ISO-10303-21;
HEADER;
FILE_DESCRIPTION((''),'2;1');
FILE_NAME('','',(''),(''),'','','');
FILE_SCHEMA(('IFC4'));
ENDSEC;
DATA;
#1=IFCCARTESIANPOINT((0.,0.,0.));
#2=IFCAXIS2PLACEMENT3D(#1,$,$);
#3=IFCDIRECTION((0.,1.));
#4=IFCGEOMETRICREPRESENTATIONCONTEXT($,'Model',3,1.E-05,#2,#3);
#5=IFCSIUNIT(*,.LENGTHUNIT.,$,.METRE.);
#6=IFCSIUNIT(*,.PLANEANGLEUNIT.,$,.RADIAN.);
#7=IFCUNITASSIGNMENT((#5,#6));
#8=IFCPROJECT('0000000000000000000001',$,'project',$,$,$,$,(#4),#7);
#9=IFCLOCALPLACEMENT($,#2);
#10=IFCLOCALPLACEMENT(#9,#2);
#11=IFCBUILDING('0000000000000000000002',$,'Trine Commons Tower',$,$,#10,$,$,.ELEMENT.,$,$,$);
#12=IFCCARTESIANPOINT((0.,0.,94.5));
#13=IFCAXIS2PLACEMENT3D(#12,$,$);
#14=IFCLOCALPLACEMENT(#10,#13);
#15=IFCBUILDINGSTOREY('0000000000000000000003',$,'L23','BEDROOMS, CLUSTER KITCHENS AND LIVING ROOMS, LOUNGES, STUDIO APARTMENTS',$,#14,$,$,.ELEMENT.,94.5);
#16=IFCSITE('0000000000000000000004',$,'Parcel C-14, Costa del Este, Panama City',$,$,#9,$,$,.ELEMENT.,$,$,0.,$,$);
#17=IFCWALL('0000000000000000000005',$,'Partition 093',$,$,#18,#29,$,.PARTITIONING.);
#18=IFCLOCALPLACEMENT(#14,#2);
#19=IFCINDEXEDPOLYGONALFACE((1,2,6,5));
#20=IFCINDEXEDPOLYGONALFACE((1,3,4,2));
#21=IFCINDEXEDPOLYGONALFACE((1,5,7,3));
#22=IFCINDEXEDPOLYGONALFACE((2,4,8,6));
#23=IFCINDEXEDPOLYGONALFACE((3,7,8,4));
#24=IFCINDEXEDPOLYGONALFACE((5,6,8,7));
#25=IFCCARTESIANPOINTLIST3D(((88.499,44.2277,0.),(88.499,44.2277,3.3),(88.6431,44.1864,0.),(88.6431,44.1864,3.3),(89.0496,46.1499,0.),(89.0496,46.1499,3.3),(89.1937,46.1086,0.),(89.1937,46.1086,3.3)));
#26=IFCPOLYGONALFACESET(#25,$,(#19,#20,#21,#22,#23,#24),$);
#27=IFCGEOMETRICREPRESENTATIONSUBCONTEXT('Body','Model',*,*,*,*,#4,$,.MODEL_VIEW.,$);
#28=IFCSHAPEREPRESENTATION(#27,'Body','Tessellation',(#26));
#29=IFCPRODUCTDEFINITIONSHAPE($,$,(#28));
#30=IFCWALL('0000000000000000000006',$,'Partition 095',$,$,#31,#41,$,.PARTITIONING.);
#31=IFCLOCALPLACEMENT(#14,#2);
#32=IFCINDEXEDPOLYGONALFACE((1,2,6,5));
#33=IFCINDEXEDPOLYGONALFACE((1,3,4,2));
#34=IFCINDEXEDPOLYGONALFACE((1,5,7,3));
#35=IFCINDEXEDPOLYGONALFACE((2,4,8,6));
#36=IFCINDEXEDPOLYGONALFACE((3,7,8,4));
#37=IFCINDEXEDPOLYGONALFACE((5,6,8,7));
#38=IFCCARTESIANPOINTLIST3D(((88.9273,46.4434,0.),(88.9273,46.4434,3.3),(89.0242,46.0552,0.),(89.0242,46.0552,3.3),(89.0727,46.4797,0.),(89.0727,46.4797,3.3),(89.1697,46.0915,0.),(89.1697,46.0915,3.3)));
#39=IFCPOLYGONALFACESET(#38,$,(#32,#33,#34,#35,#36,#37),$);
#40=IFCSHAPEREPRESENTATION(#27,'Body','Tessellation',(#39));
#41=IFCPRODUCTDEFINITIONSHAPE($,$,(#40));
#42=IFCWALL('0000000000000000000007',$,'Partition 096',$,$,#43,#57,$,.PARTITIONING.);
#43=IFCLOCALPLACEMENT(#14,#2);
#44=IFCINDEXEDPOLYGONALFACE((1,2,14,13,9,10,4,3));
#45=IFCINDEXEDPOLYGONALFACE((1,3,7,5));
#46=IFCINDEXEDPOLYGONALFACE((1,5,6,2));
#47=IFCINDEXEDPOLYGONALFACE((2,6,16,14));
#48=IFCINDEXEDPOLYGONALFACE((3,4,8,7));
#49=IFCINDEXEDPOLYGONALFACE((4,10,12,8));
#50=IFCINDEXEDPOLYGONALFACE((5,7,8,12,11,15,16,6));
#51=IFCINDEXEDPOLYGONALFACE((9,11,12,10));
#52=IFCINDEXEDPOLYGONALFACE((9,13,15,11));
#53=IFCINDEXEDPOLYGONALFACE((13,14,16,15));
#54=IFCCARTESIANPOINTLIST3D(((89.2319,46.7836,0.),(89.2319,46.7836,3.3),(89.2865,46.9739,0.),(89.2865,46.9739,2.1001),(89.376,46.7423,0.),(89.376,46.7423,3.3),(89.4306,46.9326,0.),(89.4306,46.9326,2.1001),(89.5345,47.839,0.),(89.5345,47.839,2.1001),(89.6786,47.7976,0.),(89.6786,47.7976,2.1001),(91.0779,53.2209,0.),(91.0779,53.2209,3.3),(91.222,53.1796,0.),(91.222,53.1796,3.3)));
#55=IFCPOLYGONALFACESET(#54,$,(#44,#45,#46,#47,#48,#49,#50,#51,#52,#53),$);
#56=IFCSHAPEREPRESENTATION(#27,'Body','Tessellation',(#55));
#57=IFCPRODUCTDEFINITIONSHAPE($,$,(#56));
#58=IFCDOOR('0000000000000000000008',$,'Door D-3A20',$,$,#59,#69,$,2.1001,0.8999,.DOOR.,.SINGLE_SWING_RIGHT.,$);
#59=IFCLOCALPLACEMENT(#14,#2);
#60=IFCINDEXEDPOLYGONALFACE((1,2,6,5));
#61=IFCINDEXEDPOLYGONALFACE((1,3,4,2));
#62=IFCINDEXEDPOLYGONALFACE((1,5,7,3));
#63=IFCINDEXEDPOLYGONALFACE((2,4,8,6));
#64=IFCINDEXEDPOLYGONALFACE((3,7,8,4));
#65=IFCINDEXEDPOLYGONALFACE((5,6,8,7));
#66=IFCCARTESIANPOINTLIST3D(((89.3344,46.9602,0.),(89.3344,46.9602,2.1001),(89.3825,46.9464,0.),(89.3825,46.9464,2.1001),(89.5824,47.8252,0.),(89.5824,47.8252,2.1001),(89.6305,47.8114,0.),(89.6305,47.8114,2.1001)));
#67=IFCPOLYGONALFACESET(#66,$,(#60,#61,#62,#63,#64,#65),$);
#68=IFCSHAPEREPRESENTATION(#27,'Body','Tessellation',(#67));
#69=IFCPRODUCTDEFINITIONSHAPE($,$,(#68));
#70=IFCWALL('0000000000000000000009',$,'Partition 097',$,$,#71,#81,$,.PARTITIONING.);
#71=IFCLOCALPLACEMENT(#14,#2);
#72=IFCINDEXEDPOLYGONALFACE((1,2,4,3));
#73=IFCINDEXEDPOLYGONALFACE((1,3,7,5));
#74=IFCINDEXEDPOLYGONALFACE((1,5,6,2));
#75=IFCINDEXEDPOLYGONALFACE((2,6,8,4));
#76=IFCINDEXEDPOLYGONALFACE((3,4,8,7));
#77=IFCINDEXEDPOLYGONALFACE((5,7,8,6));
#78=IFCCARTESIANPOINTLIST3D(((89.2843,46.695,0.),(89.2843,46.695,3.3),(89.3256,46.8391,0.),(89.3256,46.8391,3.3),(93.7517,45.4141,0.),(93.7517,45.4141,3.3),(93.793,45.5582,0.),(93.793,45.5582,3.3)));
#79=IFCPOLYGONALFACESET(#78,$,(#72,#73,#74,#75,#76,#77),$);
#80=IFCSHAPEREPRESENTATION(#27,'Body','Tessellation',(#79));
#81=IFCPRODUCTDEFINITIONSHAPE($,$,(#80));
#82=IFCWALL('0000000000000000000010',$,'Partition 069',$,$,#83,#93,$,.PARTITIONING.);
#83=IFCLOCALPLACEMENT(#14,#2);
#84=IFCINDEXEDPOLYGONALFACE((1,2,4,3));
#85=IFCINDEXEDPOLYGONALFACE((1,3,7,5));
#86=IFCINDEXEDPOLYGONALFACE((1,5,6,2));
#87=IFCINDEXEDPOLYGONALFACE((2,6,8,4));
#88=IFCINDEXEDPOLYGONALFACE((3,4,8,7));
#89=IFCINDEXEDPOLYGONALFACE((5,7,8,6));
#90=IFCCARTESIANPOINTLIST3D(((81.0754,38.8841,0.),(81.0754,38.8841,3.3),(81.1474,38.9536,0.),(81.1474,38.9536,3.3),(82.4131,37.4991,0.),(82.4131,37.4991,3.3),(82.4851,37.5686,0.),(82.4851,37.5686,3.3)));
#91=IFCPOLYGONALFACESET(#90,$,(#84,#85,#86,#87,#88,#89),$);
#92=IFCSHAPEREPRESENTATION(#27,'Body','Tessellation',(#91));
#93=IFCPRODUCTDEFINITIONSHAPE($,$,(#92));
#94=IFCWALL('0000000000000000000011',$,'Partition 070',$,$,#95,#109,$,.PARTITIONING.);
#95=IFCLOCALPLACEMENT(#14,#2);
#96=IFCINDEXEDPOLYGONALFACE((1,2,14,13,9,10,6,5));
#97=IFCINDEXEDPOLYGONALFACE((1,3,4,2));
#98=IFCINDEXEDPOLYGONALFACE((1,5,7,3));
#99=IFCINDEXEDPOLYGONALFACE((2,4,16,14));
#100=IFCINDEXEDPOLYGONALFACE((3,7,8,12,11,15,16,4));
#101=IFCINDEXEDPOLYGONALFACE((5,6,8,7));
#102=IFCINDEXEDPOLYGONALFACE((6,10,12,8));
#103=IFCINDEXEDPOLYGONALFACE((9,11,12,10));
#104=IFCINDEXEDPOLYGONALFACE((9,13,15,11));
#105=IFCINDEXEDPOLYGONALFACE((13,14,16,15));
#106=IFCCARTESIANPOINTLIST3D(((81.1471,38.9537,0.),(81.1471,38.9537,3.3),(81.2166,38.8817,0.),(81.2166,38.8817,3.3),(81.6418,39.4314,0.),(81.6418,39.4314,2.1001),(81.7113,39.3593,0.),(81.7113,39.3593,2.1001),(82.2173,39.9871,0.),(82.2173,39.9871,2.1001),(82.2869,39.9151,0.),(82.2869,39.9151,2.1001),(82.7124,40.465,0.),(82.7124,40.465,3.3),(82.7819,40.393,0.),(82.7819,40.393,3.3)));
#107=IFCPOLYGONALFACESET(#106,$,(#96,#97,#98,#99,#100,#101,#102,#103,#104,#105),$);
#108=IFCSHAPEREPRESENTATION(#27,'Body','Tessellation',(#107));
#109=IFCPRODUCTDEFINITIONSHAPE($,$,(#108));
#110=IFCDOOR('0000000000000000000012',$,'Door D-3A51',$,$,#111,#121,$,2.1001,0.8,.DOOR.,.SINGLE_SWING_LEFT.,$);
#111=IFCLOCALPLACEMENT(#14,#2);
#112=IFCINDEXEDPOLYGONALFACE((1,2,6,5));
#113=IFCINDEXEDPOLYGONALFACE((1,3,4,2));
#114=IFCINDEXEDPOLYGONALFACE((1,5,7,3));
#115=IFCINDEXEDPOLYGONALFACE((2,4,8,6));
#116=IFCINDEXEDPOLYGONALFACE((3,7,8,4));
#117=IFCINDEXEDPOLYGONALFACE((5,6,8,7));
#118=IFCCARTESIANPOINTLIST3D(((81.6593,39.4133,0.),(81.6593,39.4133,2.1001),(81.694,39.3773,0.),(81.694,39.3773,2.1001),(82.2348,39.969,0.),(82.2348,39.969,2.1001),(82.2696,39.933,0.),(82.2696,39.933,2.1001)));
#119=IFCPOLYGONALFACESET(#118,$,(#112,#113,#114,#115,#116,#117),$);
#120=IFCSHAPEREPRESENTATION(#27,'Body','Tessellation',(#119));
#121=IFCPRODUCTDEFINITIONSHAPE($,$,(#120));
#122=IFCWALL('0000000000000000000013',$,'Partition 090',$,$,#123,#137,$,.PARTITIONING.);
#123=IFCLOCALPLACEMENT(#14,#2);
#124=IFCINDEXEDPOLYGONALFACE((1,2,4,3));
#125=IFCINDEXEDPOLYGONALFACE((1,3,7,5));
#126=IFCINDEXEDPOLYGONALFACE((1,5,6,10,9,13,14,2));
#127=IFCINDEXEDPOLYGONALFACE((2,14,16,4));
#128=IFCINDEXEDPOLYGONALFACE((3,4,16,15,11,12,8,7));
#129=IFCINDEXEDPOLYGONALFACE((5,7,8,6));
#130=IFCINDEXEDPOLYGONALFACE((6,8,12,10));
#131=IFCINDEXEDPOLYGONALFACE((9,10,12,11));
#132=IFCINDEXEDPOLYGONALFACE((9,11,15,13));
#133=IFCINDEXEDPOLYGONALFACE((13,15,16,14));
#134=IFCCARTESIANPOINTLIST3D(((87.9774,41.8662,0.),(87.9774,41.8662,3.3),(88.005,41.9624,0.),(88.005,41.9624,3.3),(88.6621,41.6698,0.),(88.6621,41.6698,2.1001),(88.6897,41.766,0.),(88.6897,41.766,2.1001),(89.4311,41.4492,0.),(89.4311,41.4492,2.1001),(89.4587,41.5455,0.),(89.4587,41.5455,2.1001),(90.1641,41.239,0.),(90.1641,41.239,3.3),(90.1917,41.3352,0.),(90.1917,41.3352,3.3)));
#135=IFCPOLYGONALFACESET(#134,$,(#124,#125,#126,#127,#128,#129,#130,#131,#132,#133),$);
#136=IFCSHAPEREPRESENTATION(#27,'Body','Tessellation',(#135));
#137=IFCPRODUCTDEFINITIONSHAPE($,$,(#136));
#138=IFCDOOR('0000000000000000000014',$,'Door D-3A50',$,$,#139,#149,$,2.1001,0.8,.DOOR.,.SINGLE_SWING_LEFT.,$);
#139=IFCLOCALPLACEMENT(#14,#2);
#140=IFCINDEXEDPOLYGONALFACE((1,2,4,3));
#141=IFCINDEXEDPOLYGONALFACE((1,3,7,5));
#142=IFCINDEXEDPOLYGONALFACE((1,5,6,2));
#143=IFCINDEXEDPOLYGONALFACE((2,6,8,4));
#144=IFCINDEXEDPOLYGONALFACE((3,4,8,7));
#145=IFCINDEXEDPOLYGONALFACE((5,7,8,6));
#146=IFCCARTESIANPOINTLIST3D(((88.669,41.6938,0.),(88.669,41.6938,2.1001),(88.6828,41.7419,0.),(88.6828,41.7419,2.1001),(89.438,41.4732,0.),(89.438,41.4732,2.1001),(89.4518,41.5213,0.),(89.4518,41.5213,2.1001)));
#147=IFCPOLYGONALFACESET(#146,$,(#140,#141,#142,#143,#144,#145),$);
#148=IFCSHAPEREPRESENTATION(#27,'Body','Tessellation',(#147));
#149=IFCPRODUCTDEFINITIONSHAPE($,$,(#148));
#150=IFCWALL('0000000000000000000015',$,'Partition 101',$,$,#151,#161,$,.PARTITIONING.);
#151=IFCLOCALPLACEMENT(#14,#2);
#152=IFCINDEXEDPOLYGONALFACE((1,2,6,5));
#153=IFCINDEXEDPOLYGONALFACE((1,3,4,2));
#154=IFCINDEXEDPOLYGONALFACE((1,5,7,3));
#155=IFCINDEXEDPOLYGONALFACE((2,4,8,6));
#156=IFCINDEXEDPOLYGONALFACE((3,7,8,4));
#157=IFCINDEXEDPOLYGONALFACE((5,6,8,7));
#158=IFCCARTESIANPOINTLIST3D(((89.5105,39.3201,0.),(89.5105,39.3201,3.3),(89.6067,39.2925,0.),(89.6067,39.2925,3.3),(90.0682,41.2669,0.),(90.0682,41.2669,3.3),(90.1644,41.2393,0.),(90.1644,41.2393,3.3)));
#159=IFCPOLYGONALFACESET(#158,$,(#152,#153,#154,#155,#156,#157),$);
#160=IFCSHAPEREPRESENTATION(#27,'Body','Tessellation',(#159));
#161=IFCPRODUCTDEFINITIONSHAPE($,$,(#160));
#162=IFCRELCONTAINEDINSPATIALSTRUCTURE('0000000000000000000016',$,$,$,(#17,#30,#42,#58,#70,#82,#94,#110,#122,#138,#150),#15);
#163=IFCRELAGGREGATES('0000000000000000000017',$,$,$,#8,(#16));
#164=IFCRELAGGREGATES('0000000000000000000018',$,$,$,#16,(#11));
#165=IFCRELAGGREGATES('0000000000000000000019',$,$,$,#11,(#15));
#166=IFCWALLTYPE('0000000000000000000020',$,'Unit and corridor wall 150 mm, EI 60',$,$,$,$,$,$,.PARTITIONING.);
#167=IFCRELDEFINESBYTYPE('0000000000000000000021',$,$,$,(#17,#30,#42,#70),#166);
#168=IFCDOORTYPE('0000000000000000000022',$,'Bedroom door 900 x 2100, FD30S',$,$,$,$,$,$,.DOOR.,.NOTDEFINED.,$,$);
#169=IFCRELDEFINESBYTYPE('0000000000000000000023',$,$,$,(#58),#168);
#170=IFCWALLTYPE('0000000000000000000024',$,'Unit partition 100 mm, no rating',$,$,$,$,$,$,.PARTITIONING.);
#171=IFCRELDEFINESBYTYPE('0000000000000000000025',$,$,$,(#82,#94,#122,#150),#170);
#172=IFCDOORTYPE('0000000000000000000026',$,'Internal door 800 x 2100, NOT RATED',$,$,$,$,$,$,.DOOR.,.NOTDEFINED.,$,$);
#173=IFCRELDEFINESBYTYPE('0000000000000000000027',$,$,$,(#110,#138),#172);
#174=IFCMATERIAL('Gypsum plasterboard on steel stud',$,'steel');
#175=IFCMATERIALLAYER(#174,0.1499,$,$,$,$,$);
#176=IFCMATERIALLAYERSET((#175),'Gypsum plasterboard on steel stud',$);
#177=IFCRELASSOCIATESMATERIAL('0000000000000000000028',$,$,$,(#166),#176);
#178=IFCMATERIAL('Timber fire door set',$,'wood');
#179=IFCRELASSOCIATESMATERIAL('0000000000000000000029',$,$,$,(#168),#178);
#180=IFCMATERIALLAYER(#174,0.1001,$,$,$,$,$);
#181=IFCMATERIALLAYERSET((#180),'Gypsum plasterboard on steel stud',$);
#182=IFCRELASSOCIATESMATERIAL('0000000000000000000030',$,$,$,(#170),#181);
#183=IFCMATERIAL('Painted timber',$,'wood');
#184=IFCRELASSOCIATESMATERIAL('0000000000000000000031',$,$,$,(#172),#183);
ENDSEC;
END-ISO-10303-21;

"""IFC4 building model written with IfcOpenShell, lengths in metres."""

from ifc_helpers import new_model, si_unit, direction, frame, frame_2d, origin, place, context, subcontext, project, spatial, rectangle, extrude, material, layer, layer_set, type_object, element, fill, save


model = new_model("IFC4")

# Units and contexts
model_context = context("Model", 3, precision=1e-05, world=origin(), true_north=direction((0.0, 1.0)))
body_context = subcontext(model_context, "Body", "Model", "MODEL_VIEW")
ifc_project = project(units=[si_unit("LENGTHUNIT", "METRE"), si_unit("PLANEANGLEUNIT", "RADIAN")], contexts=[model_context])

# Site, building, storey
site_placement = place(None, origin())
site = spatial("IfcSite", under=ifc_project, at=site_placement, Name="Parcel C-14, Costa del Este, Panama City", CompositionType="ELEMENT", RefElevation=0.0)
building_placement = place(site_placement, origin())
building = spatial("IfcBuilding", under=site, at=building_placement, Name="Trine Commons Tower", CompositionType="ELEMENT")
storey_placement = place(building_placement, frame((0.0, 0.0, 94.5)))
storey = spatial("IfcBuildingStorey", under=building, at=storey_placement, Name="L23", Description="BEDROOMS, CLUSTER KITCHENS AND LIVING ROOMS, LOUNGES, STUDIO APARTMENTS", CompositionType="ELEMENT", Elevation=94.5)

# Shared definitions
ifc_material_1 = material(Name="Gypsum plasterboard on steel stud", Category="steel")
ifc_layer_1 = layer(ifc_material_1, 0.1499)
ifc_layer_set_1 = layer_set([ifc_layer_1], Name="Gypsum plasterboard on steel stud")
wall_type_1 = type_object("IfcWallType", Name="Unit and corridor wall 150 mm, EI 60", PredefinedType="PARTITIONING", material=ifc_layer_set_1)
ifc_material_2 = material(Name="Timber fire door set", Category="wood")

# Shared definitions
ifc_material_3 = material(Name="Painted timber", Category="wood")

# Shared definitions
door_type_1 = type_object("IfcDoorType", Name="Bedroom door 900 x 2100, FD30S", OperationType="NOTDEFINED", PredefinedType="DOOR", material=ifc_material_2)

# Walls
wall_1_placement = place(storey_placement, frame((88.571, 44.207, 0.0), z_axis=(0.0, 0.0, 1.0), x_axis=(0.27535, 0.961344, 0.0)))
element("IfcWall", 1, at=wall_1_placement, inside=storey, type_object=wall_type_1, Name="Partition 093", PredefinedType="PARTITIONING", context=body_context, shape_type="SweptSolid", body=[
    extrude(rectangle(XDim=1.9995, YDim=0.1499, at=frame_2d((0.9998, 0.0))), origin(), (0.0, 0.0, 1.0), 3.3),
])
wall_2_placement = place(storey_placement, frame((89.0, 46.4617, 0.0), z_axis=(0.0, 0.0, 1.0), x_axis=(0.242248, -0.970214, 0.0)))
element("IfcWall", 2, at=wall_2_placement, inside=storey, type_object=wall_type_1, Name="Partition 095", PredefinedType="PARTITIONING", context=body_context, shape_type="SweptSolid", body=[
    extrude(rectangle(XDim=0.4001, YDim=0.1499, at=frame_2d((0.2002, 0.0))), origin(), (0.0, 0.0, 1.0), 3.3),
])

# Wall, opening, door
wall_3_placement = place(storey_placement, frame((89.304, 46.7629, 0.0), z_axis=(0.0, 0.0, 1.0), x_axis=(0.27565, 0.961258, 0.0)))
wall_3 = element("IfcWall", 3, at=wall_3_placement, inside=storey, type_object=wall_type_1, Name="Partition 096", PredefinedType="PARTITIONING", context=body_context, shape_type="SweptSolid", body=[
    extrude(rectangle(XDim=6.6968, YDim=0.1499, at=frame_2d((3.3484, 0.0))), origin(), (0.0, 0.0, 1.0), 3.3),
])
opening_1_placement = place(wall_3_placement, frame((0.198, 0.0, 0.0)))
opening_1 = element("IfcOpeningElement", 4, at=opening_1_placement, cuts=wall_3, PredefinedType="OPENING", context=body_context, shape_type="SweptSolid", body=[
    extrude(rectangle(XDim=0.8999, YDim=2.1001, at=frame_2d((0.45, 1.05))), frame((0.0, 0.085, 0.0), z_axis=(0.0, -1.0, 0.0), x_axis=(1.0, 0.0, 0.0)), (0.0, 0.0, 1.0), 0.1699),
])
door_1_placement = place(opening_1_placement, frame((0.8999, 0.0, 0.0), z_axis=(0.0, 0.0, 1.0), x_axis=(-1.0, 0.0, 0.0)))
door_1 = element("IfcDoor", 5, at=door_1_placement, inside=storey, type_object=door_type_1, Name="Door D-3A20", OperationType="SINGLE_SWING_RIGHT", OverallHeight=2.1001, OverallWidth=0.8999, PredefinedType="DOOR", context=body_context, shape_type="SweptSolid", body=[
    extrude(rectangle(XDim=0.8999, YDim=2.1001, at=frame_2d((0.45, 1.05))), frame((0.0, 0.0249, 0.0), z_axis=(0.0, -1.0, 0.0), x_axis=(1.0, 0.0, 0.0)), (0.0, 0.0, 1.0), 0.05),
])
fill(opening_1, door_1)

# Walls
wall_4_placement = place(storey_placement, frame((89.3049, 46.7671, 0.0), z_axis=(0.0, 0.0, 1.0), x_axis=(0.961264, -0.27563, 0.0)))
element("IfcWall", 6, at=wall_4_placement, inside=storey, type_object=wall_type_1, Name="Partition 097", PredefinedType="PARTITIONING", context=body_context, shape_type="SweptSolid", body=[
    extrude(rectangle(XDim=4.6475, YDim=0.1499, at=frame_2d((2.3237, 0.0))), origin(), (0.0, 0.0, 1.0), 3.3),
])
ifc_layer_2 = layer(ifc_material_1, 0.1001)
ifc_layer_set_2 = layer_set([ifc_layer_2], Name="Gypsum plasterboard on steel stud")
wall_type_2 = type_object("IfcWallType", Name="Unit partition 100 mm, no rating", PredefinedType="PARTITIONING", material=ifc_layer_set_2)
wall_5_placement = place(storey_placement, frame((81.1113, 38.9189, 0.0), z_axis=(0.0, 0.0, 1.0), x_axis=(0.694701, -0.719299, 0.0)))
element("IfcWall", 7, at=wall_5_placement, inside=storey, type_object=wall_type_2, Name="Partition 069", PredefinedType="PARTITIONING", context=body_context, shape_type="SweptSolid", body=[
    extrude(rectangle(XDim=1.9255, YDim=0.1001, at=frame_2d((0.9629, 0.0))), origin(), (0.0, 0.0, 1.0), 3.3),
])

# Walls, openings, doors
wall_6_placement = place(storey_placement, frame((81.1819, 38.9177, 0.0), z_axis=(0.0, 0.0, 1.0), x_axis=(0.719398, 0.694599, 0.0)))
wall_6 = element("IfcWall", 8, at=wall_6_placement, inside=storey, type_object=wall_type_2, Name="Partition 070", PredefinedType="PARTITIONING", context=body_context, shape_type="SweptSolid", body=[
    extrude(rectangle(XDim=2.1758, YDim=0.1001, at=frame_2d((1.0879, 0.0))), origin(), (0.0, 0.0, 1.0), 3.3),
])
opening_2_placement = place(wall_6_placement, frame((0.6877, 0.0, 0.0)))
opening_2 = element("IfcOpeningElement", 9, at=opening_2_placement, cuts=wall_6, PredefinedType="OPENING", context=body_context, shape_type="SweptSolid", body=[
    extrude(rectangle(XDim=0.8, YDim=2.1001, at=frame_2d((0.3999, 1.05))), frame((0.0, 0.0601, 0.0), z_axis=(0.0, -1.0, 0.0), x_axis=(1.0, 0.0, 0.0)), (0.0, 0.0, 1.0), 0.1201),
])
door_type_2 = type_object("IfcDoorType", Name="Internal door 800 x 2100, NOT RATED", OperationType="NOTDEFINED", PredefinedType="DOOR", material=ifc_material_3)
door_2_placement = place(opening_2_placement, origin())
door_2 = element("IfcDoor", 10, at=door_2_placement, inside=storey, type_object=door_type_2, Name="Door D-3A51", OperationType="SINGLE_SWING_LEFT", OverallHeight=2.1001, OverallWidth=0.8, PredefinedType="DOOR", context=body_context, shape_type="SweptSolid", body=[
    extrude(rectangle(XDim=0.8, YDim=2.1001, at=frame_2d((0.3999, 1.05))), frame((0.0, 0.0249, 0.0), z_axis=(0.0, -1.0, 0.0), x_axis=(1.0, 0.0, 0.0)), (0.0, 0.0, 1.0), 0.05),
])
fill(opening_2, door_2)
wall_7_placement = place(storey_placement, frame((87.9912, 41.9143, 0.0), z_axis=(0.0, 0.0, 1.0), x_axis=(0.961244, -0.275699, 0.0)))
wall_7 = element("IfcWall", 11, at=wall_7_placement, inside=storey, type_object=wall_type_2, Name="Partition 090", PredefinedType="PARTITIONING", context=body_context, shape_type="SweptSolid", body=[
    extrude(rectangle(XDim=2.2749, YDim=0.1001, at=frame_2d((1.1375, 0.0))), origin(), (0.0, 0.0, 1.0), 3.3),
])
opening_3_placement = place(wall_7_placement, frame((0.7124, 0.0, 0.0)))
opening_3 = element("IfcOpeningElement", 12, at=opening_3_placement, cuts=wall_7, PredefinedType="OPENING", context=body_context, shape_type="SweptSolid", body=[
    extrude(rectangle(XDim=0.8, YDim=2.1001, at=frame_2d((0.3999, 1.05))), frame((0.0, 0.0601, 0.0), z_axis=(0.0, -1.0, 0.0), x_axis=(1.0, 0.0, 0.0)), (0.0, 0.0, 1.0), 0.1201),
])
door_3_placement = place(opening_3_placement, origin())
door_3 = element("IfcDoor", 13, at=door_3_placement, inside=storey, type_object=door_type_2, Name="Door D-3A50", OperationType="SINGLE_SWING_LEFT", OverallHeight=2.1001, OverallWidth=0.8, PredefinedType="DOOR", context=body_context, shape_type="SweptSolid", body=[
    extrude(rectangle(XDim=0.8, YDim=2.1001, at=frame_2d((0.3999, 1.05))), frame((0.0, 0.0249, 0.0), z_axis=(0.0, -1.0, 0.0), x_axis=(1.0, 0.0, 0.0)), (0.0, 0.0, 1.0), 0.05),
])
fill(opening_3, door_3)

# Wall
wall_8_placement = place(storey_placement, frame((89.5586, 39.3062, 0.0), z_axis=(0.0, 0.0, 1.0), x_axis=(0.275358, 0.961342, 0.0)))
element("IfcWall", 14, at=wall_8_placement, inside=storey, type_object=wall_type_2, Name="Partition 101", PredefinedType="PARTITIONING", context=body_context, shape_type="SweptSolid", body=[
    extrude(rectangle(XDim=2.0251, YDim=0.1001, at=frame_2d((1.0127, 0.0))), origin(), (0.0, 0.0, 1.0), 3.3),
])

save(model, "model.ifc")
